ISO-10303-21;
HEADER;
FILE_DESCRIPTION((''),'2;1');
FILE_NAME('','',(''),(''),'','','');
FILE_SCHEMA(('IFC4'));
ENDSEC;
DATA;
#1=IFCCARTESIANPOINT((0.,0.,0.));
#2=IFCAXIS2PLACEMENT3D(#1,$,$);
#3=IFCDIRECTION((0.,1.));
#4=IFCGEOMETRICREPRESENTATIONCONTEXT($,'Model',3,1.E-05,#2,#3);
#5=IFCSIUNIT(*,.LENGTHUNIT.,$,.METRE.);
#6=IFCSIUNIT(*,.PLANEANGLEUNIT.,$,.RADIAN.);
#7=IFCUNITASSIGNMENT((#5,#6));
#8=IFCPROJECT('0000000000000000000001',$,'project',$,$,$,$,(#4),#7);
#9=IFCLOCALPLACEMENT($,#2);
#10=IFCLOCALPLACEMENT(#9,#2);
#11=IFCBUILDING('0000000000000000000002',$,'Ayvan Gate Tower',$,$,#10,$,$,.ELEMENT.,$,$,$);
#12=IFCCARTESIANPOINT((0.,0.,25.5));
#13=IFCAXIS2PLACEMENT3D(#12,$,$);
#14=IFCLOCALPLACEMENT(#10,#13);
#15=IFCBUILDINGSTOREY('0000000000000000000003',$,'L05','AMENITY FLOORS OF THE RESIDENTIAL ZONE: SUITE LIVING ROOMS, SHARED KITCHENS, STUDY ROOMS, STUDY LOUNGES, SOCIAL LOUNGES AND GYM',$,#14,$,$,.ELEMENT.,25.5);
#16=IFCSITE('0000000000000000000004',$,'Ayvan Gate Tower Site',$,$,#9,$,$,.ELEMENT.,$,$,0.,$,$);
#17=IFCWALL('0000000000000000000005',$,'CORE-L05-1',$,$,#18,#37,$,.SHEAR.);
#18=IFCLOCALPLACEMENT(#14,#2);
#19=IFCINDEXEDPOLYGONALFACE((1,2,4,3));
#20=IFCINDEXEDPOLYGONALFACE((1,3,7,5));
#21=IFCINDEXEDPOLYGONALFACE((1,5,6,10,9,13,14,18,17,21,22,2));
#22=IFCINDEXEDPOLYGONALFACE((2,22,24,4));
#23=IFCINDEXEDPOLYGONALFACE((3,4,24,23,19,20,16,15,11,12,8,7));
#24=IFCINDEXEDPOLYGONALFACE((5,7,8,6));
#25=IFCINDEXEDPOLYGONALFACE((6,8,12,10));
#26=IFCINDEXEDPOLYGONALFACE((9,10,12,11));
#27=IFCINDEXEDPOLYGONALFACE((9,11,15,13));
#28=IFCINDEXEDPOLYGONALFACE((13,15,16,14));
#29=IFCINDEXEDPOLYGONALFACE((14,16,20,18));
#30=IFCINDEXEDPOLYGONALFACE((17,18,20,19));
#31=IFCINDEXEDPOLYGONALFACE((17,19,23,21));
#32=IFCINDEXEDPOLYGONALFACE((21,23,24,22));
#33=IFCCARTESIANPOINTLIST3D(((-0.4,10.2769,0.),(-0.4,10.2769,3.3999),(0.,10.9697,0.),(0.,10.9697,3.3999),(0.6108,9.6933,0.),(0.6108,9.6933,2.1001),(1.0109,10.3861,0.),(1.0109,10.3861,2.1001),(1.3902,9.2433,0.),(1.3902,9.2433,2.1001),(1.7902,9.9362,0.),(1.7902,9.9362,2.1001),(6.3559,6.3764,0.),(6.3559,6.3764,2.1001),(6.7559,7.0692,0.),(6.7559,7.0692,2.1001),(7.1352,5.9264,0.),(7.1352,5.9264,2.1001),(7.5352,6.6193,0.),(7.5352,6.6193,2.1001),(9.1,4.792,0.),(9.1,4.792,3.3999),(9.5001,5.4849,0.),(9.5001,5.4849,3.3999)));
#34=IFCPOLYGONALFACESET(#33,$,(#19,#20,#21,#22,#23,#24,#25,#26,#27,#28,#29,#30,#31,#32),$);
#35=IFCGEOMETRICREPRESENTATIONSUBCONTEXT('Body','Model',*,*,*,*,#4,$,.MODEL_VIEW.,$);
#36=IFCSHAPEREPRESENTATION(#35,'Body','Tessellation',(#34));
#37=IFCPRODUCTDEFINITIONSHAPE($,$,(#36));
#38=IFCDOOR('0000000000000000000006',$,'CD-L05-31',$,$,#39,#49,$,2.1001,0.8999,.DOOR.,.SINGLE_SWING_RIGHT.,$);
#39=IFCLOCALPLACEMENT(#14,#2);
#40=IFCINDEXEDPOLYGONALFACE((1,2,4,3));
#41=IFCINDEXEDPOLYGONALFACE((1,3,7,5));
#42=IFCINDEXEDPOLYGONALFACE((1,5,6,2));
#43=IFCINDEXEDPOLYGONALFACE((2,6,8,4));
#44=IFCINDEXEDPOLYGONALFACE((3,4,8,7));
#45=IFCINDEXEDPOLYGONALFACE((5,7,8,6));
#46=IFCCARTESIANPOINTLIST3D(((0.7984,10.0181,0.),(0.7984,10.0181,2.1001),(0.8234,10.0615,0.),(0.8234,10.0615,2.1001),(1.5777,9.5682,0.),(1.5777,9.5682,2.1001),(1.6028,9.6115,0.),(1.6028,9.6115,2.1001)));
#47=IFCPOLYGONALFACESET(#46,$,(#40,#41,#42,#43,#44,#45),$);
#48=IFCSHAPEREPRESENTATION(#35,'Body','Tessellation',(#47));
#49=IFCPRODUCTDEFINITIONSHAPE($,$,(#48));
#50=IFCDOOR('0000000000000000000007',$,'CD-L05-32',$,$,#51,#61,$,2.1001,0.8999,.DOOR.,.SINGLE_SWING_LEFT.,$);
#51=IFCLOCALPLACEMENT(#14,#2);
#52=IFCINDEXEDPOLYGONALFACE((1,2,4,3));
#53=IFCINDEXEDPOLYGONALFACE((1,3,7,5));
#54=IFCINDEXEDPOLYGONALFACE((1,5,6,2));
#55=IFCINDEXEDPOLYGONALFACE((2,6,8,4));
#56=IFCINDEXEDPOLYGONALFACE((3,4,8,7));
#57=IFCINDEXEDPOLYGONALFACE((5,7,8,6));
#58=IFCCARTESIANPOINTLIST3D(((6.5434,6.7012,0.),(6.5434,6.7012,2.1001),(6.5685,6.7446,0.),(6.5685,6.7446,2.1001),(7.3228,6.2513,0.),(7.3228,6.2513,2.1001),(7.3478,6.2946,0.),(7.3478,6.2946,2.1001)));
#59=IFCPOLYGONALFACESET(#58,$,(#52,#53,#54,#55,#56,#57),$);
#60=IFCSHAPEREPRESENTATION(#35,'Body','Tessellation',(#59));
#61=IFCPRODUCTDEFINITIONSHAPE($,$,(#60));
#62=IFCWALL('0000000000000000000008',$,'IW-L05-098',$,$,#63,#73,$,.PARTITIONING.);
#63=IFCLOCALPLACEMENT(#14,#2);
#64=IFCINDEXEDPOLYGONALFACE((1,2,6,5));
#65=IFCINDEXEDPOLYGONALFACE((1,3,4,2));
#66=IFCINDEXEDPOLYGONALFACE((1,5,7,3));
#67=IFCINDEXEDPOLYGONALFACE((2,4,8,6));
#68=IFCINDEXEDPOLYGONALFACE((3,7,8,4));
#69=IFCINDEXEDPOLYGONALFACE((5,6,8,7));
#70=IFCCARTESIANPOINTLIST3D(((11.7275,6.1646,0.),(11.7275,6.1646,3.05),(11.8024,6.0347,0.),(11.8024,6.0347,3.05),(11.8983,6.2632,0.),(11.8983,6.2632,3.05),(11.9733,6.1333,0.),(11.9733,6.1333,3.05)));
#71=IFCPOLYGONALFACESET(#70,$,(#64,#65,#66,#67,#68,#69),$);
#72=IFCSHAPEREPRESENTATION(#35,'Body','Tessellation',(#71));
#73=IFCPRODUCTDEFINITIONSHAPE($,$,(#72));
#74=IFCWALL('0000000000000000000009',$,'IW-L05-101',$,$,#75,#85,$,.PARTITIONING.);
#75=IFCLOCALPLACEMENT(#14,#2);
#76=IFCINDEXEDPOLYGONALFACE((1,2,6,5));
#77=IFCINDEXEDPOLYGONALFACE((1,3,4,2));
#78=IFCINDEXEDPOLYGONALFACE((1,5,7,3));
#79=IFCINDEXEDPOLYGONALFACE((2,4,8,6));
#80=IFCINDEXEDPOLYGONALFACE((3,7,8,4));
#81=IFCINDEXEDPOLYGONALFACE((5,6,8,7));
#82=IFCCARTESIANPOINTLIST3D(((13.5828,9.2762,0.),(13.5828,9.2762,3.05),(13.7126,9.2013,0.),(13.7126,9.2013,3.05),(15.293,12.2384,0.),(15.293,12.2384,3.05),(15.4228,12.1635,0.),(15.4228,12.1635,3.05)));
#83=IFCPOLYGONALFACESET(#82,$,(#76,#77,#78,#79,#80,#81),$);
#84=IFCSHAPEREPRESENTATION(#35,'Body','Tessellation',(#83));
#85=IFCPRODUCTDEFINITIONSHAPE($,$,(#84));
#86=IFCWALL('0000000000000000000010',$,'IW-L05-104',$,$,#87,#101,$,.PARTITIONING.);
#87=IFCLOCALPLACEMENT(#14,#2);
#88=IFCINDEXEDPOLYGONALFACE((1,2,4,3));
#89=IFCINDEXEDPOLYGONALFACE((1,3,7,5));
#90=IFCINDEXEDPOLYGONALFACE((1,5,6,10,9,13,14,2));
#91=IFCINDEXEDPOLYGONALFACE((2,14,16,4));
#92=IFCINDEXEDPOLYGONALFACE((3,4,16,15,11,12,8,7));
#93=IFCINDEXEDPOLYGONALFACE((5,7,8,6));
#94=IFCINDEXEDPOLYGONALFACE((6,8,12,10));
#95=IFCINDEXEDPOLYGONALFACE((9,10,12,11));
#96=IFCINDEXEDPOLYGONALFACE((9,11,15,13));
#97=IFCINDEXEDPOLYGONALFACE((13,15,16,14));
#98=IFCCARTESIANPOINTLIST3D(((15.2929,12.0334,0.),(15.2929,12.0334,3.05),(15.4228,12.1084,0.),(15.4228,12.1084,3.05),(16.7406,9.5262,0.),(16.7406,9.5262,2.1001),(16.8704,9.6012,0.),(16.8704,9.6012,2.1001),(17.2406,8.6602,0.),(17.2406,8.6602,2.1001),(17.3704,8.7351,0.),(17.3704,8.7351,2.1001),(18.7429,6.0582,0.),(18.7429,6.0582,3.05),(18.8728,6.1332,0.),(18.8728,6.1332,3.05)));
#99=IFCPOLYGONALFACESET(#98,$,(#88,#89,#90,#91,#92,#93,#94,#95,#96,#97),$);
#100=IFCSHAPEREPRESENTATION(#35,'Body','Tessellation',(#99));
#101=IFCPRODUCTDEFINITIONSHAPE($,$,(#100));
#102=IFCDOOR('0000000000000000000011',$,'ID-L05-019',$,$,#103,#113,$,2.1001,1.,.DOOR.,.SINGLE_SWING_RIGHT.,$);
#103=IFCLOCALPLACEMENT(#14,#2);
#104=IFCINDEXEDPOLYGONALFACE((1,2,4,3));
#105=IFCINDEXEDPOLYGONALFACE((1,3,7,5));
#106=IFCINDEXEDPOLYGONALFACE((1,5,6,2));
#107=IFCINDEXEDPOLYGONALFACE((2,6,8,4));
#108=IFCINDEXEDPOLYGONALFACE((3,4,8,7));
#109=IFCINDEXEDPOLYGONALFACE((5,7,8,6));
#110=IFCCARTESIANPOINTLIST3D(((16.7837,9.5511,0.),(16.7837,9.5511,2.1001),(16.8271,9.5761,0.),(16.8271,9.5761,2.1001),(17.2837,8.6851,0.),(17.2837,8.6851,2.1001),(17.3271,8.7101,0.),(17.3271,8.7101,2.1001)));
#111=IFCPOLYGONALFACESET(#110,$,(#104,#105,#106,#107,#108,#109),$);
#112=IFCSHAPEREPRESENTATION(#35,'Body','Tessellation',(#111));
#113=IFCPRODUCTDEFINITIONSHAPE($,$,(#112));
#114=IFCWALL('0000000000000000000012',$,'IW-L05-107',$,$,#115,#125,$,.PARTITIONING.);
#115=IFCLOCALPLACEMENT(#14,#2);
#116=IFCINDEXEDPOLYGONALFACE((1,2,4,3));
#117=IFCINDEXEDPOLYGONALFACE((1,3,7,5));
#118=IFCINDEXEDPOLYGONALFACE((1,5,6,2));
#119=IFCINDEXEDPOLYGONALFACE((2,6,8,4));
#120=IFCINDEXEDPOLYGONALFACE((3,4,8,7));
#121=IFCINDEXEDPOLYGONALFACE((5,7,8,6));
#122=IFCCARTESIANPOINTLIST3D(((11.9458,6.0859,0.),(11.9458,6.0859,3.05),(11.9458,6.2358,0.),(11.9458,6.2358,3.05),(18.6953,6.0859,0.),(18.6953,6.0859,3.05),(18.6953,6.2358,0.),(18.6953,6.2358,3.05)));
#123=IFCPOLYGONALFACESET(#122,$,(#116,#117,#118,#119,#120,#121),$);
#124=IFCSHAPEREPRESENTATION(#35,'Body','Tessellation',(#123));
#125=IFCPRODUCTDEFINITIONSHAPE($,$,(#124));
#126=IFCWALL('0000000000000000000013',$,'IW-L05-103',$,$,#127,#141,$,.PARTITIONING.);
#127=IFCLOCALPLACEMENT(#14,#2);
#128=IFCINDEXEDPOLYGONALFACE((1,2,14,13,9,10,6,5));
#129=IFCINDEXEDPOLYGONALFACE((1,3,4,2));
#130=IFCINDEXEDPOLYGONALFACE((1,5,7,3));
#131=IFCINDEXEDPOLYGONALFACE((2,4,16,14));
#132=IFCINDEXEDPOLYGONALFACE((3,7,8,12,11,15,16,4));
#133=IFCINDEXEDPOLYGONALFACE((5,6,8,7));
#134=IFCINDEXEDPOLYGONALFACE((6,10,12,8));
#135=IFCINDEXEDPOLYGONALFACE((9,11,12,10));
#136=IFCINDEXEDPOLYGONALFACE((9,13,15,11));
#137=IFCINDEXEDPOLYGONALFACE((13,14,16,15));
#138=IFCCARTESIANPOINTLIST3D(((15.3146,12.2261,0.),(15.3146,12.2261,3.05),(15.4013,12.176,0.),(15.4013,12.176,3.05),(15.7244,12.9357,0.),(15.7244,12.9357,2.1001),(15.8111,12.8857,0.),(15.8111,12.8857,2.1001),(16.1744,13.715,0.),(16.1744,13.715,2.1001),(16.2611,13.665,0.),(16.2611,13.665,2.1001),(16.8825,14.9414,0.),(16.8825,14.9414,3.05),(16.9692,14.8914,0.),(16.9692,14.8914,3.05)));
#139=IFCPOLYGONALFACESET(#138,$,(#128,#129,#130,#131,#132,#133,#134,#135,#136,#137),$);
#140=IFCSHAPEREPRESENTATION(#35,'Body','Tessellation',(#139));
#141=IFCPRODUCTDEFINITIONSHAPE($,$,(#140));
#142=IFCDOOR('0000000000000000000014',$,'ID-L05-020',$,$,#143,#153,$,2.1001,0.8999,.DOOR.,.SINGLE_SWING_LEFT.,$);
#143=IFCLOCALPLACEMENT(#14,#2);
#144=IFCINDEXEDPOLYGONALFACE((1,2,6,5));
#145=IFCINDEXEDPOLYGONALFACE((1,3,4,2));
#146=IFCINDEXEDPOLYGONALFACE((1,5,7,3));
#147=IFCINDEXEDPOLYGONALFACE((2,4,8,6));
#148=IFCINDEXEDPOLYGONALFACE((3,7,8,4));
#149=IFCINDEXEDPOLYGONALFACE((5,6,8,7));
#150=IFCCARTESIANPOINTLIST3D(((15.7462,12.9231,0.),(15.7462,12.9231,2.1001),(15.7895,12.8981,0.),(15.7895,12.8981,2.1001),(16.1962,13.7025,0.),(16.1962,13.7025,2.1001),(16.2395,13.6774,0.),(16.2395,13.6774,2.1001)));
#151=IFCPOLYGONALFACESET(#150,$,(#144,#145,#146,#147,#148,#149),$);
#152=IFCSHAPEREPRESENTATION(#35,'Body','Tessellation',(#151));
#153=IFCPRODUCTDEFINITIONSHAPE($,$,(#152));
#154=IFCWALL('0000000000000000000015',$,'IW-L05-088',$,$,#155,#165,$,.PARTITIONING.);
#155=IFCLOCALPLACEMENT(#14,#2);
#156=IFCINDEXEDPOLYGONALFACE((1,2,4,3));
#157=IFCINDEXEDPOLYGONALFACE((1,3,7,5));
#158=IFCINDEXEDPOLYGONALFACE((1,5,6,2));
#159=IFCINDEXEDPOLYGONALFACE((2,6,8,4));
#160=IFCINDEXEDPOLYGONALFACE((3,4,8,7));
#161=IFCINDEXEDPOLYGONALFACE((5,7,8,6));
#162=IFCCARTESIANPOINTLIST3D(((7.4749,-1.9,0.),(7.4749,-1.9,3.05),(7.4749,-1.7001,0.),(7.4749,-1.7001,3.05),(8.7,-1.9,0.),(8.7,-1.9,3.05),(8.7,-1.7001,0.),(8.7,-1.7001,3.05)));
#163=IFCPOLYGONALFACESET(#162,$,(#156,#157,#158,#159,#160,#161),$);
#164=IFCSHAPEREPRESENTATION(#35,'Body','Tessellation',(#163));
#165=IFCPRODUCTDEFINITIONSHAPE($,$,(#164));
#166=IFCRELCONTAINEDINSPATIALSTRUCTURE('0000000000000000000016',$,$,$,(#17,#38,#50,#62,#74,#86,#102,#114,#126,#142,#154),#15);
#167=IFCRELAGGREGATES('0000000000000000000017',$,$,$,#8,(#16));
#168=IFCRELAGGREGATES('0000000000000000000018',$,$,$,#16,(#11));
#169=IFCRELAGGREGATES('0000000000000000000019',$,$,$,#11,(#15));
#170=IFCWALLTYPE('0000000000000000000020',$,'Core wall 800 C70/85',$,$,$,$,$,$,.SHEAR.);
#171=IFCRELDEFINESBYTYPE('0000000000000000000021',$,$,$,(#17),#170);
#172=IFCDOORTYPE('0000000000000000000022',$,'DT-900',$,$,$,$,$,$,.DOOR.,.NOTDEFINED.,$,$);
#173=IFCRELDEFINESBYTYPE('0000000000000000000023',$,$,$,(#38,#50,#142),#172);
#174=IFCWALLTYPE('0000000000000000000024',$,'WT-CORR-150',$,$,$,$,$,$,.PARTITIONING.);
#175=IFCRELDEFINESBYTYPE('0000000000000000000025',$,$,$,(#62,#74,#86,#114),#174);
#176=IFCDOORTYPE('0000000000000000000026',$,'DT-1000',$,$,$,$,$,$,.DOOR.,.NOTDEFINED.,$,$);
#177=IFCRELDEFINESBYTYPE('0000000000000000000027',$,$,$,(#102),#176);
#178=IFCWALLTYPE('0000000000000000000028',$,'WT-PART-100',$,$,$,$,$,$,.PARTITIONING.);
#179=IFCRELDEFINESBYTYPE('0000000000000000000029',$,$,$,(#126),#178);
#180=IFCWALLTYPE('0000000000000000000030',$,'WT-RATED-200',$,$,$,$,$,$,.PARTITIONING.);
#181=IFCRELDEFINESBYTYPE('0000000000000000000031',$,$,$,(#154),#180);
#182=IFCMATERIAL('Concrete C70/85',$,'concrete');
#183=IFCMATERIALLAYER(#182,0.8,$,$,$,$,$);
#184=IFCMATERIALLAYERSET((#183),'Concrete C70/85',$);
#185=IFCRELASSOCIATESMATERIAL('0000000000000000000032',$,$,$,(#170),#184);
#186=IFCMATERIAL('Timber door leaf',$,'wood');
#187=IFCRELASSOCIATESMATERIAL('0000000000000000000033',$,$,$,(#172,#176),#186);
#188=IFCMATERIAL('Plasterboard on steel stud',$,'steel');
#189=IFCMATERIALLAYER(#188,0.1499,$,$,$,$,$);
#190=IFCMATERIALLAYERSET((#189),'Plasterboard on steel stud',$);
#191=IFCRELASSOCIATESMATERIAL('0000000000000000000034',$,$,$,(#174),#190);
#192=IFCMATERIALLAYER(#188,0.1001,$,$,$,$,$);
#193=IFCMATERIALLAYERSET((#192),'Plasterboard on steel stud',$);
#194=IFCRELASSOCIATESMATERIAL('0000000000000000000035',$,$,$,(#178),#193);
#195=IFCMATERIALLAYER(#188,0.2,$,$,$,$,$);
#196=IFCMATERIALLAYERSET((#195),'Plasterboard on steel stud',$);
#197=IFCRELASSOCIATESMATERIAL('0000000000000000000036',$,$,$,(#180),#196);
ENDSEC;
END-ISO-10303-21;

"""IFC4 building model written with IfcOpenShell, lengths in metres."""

from ifc_helpers import new_model, si_unit, direction, frame, frame_2d, origin, place, context, subcontext, project, spatial, rectangle, extrude, material, layer, layer_set, type_object, element, fill, save


model = new_model("IFC4")

# Units and contexts
model_context = context("Model", 3, precision=1e-05, world=origin(), true_north=direction((0.0, 1.0)))
body_context = subcontext(model_context, "Body", "Model", "MODEL_VIEW")
ifc_project = project(units=[si_unit("LENGTHUNIT", "METRE"), si_unit("PLANEANGLEUNIT", "RADIAN")], contexts=[model_context])

# Site, building, storey
site_placement = place(None, origin())
site = spatial("IfcSite", under=ifc_project, at=site_placement, Name="Ayvan Gate Tower Site", CompositionType="ELEMENT", RefElevation=0.0)
building_placement = place(site_placement, origin())
building = spatial("IfcBuilding", under=site, at=building_placement, Name="Ayvan Gate Tower", CompositionType="ELEMENT")
storey_placement = place(building_placement, frame((0.0, 0.0, 25.5)))
storey = spatial("IfcBuildingStorey", under=building, at=storey_placement, Name="L05", Description="AMENITY FLOORS OF THE RESIDENTIAL ZONE: SUITE LIVING ROOMS, SHARED KITCHENS, STUDY ROOMS, STUDY LOUNGES, SOCIAL LOUNGES AND GYM", CompositionType="ELEMENT", Elevation=25.5)

# Wall, openings, doors
ifc_material_1 = material(Name="Concrete C70/85", Category="concrete")
ifc_layer_1 = layer(ifc_material_1, 0.8)
ifc_layer_set_1 = layer_set([ifc_layer_1], Name="Concrete C70/85")
wall_type_1 = type_object("IfcWallType", Name="Core wall 800 C70/85", PredefinedType="SHEAR", material=ifc_layer_set_1)
wall_1_placement = place(storey_placement, frame((9.3, 5.1384, 0.0), z_axis=(0.0, 0.0, 1.0), x_axis=(-0.866024, 0.500002, 0.0)))
wall_1 = element("IfcWall", 1, at=wall_1_placement, inside=storey, type_object=wall_type_1, Name="CORE-L05-1", PredefinedType="SHEAR", context=body_context, shape_type="SweptSolid", body=[
    extrude(rectangle(XDim=10.9697, YDim=0.8, at=frame_2d((5.4849, 0.0))), origin(), (0.0, 0.0, 1.0), 3.3999),
])
opening_1_placement = place(wall_1_placement, frame((8.9026, 0.0, 0.0)))
opening_1 = element("IfcOpeningElement", 2, at=opening_1_placement, cuts=wall_1, PredefinedType="OPENING", context=body_context, shape_type="SweptSolid", body=[
    extrude(rectangle(XDim=0.8999, YDim=2.1001, at=frame_2d((0.45, 1.05))), frame((0.0, 0.4099, 0.0), z_axis=(0.0, -1.0, 0.0), x_axis=(1.0, 0.0, 0.0)), (0.0, 0.0, 1.0), 0.8201),
])
opening_2_placement = place(wall_1_placement, frame((2.2688, 0.0, 0.0)))
opening_2 = element("IfcOpeningElement", 3, at=opening_2_placement, cuts=wall_1, PredefinedType="OPENING", context=body_context, shape_type="SweptSolid", body=[
    extrude(rectangle(XDim=0.8999, YDim=2.1001, at=frame_2d((0.45, 1.05))), frame((0.0, 0.4099, 0.0), z_axis=(0.0, -1.0, 0.0), x_axis=(1.0, 0.0, 0.0)), (0.0, 0.0, 1.0), 0.8201),
])
ifc_material_2 = material(Name="Timber door leaf", Category="wood")
door_type_1 = type_object("IfcDoorType", Name="DT-900", OperationType="NOTDEFINED", PredefinedType="DOOR", material=ifc_material_2)
door_1_placement = place(opening_1_placement, origin())
door_1 = element("IfcDoor", 4, at=door_1_placement, inside=storey, type_object=door_type_1, Name="CD-L05-31", OperationType="SINGLE_SWING_RIGHT", OverallHeight=2.1001, OverallWidth=0.8999, PredefinedType="DOOR", context=body_context, shape_type="SweptSolid", body=[
    extrude(rectangle(XDim=0.8999, YDim=2.1001, at=frame_2d((0.45, 1.05))), frame((0.0, 0.0249, 0.0), z_axis=(0.0, -1.0, 0.0), x_axis=(1.0, 0.0, 0.0)), (0.0, 0.0, 1.0), 0.05),
])
fill(opening_1, door_1)
door_2_placement = place(opening_2_placement, origin())
door_2 = element("IfcDoor", 5, at=door_2_placement, inside=storey, type_object=door_type_1, Name="CD-L05-32", OperationType="SINGLE_SWING_LEFT", OverallHeight=2.1001, OverallWidth=0.8999, PredefinedType="DOOR", context=body_context, shape_type="SweptSolid", body=[
    extrude(rectangle(XDim=0.8999, YDim=2.1001, at=frame_2d((0.45, 1.05))), frame((0.0, 0.0249, 0.0), z_axis=(0.0, -1.0, 0.0), x_axis=(1.0, 0.0, 0.0)), (0.0, 0.0, 1.0), 0.05),
])
fill(opening_2, door_2)

# Walls
ifc_material_3 = material(Name="Plasterboard on steel stud", Category="steel")
ifc_layer_2 = layer(ifc_material_3, 0.1499)
ifc_layer_set_2 = layer_set([ifc_layer_2], Name="Plasterboard on steel stud")
wall_type_2 = type_object("IfcWallType", Name="WT-CORR-150", PredefinedType="PARTITIONING", material=ifc_layer_set_2)
wall_2_placement = place(storey_placement, frame((11.9358, 6.1982, 0.0), z_axis=(0.0, 0.0, 1.0), x_axis=(-0.866103, -0.499865, 0.0)))
element("IfcWall", 6, at=wall_2_placement, inside=storey, type_object=wall_type_2, Name="IW-L05-098", PredefinedType="PARTITIONING", context=body_context, shape_type="SweptSolid", body=[
    extrude(rectangle(XDim=0.1973, YDim=0.1499, at=frame_2d((0.0986, 0.0))), origin(), (0.0, 0.0, 1.0), 3.05),
])
wall_3_placement = place(storey_placement, frame((13.6477, 9.2388, 0.0), z_axis=(0.0, 0.0, 1.0), x_axis=(0.5, 0.866025, 0.0)))
element("IfcWall", 7, at=wall_3_placement, inside=storey, type_object=wall_type_2, Name="IW-L05-101", PredefinedType="PARTITIONING", context=body_context, shape_type="SweptSolid", body=[
    extrude(rectangle(XDim=3.4204, YDim=0.1499, at=frame_2d((1.7102, 0.0))), origin(), (0.0, 0.0, 1.0), 3.05),
])

# Wall, opening, door
wall_4_placement = place(storey_placement, frame((15.3579, 12.0708, 0.0), z_axis=(0.0, 0.0, 1.0), x_axis=(0.500025, -0.866011, 0.0)))
wall_4 = element("IfcWall", 8, at=wall_4_placement, inside=storey, type_object=wall_type_2, Name="IW-L05-104", PredefinedType="PARTITIONING", context=body_context, shape_type="SweptSolid", body=[
    extrude(rectangle(XDim=6.8997, YDim=0.1499, at=frame_2d((3.4497, 0.0))), origin(), (0.0, 0.0, 1.0), 3.05),
])
opening_3_placement = place(wall_4_placement, frame((2.895, 0.0, 0.0)))
opening_3 = element("IfcOpeningElement", 9, at=opening_3_placement, cuts=wall_4, PredefinedType="OPENING", context=body_context, shape_type="SweptSolid", body=[
    extrude(rectangle(XDim=1.0, YDim=2.1001, at=frame_2d((0.5, 1.05))), frame((0.0, 0.085, 0.0), z_axis=(0.0, -1.0, 0.0), x_axis=(1.0, 0.0, 0.0)), (0.0, 0.0, 1.0), 0.1699),
])
door_type_2 = type_object("IfcDoorType", Name="DT-1000", OperationType="NOTDEFINED", PredefinedType="DOOR", material=ifc_material_2)
door_3_placement = place(opening_3_placement, origin())
door_3 = element("IfcDoor", 10, at=door_3_placement, inside=storey, type_object=door_type_2, Name="ID-L05-019", OperationType="SINGLE_SWING_RIGHT", OverallHeight=2.1001, OverallWidth=1.0, PredefinedType="DOOR", context=body_context, shape_type="SweptSolid", body=[
    extrude(rectangle(XDim=1.0, YDim=2.1001, at=frame_2d((0.5, 1.05))), frame((0.0, 0.0249, 0.0), z_axis=(0.0, -1.0, 0.0), x_axis=(1.0, 0.0, 0.0)), (0.0, 0.0, 1.0), 0.05),
])
fill(opening_3, door_3)

# Wall
wall_5_placement = place(storey_placement, frame((18.6953, 6.1609, 0.0), z_axis=(0.0, 0.0, 1.0), x_axis=(-1.0, 0.0, 0.0)))
element("IfcWall", 11, at=wall_5_placement, inside=storey, type_object=wall_type_2, Name="IW-L05-107", PredefinedType="PARTITIONING", context=body_context, shape_type="SweptSolid", body=[
    extrude(rectangle(XDim=6.7495, YDim=0.1499, at=frame_2d((3.3748, 0.0))), origin(), (0.0, 0.0, 1.0), 3.05),
])

# Wall, opening, door
ifc_layer_3 = layer(ifc_material_3, 0.1001)
ifc_layer_set_3 = layer_set([ifc_layer_3], Name="Plasterboard on steel stud")
wall_type_3 = type_object("IfcWallType", Name="WT-PART-100", PredefinedType="PARTITIONING", material=ifc_layer_set_3)
wall_6_placement = place(storey_placement, frame((15.3579, 12.2009, 0.0), z_axis=(0.0, 0.0, 1.0), x_axis=(0.500041, 0.866001, 0.0)))
wall_6 = element("IfcWall", 12, at=wall_6_placement, inside=storey, type_object=wall_type_3, Name="IW-L05-103", PredefinedType="PARTITIONING", context=body_context, shape_type="SweptSolid", body=[
    extrude(rectangle(XDim=3.1355, YDim=0.1001, at=frame_2d((1.5679, 0.0))), origin(), (0.0, 0.0, 1.0), 3.05),
])
opening_4_placement = place(wall_6_placement, frame((0.8196, 0.0, 0.0)))
opening_4 = element("IfcOpeningElement", 13, at=opening_4_placement, cuts=wall_6, PredefinedType="OPENING", context=body_context, shape_type="SweptSolid", body=[
    extrude(rectangle(XDim=0.8999, YDim=2.1001, at=frame_2d((0.45, 1.05))), frame((0.0, 0.0601, 0.0), z_axis=(0.0, -1.0, 0.0), x_axis=(1.0, 0.0, 0.0)), (0.0, 0.0, 1.0), 0.1201),
])
door_4_placement = place(opening_4_placement, origin())
door_4 = element("IfcDoor", 14, at=door_4_placement, inside=storey, type_object=door_type_1, Name="ID-L05-020", OperationType="SINGLE_SWING_LEFT", OverallHeight=2.1001, OverallWidth=0.8999, PredefinedType="DOOR", context=body_context, shape_type="SweptSolid", body=[
    extrude(rectangle(XDim=0.8999, YDim=2.1001, at=frame_2d((0.45, 1.05))), frame((0.0, 0.0249, 0.0), z_axis=(0.0, -1.0, 0.0), x_axis=(1.0, 0.0, 0.0)), (0.0, 0.0, 1.0), 0.05),
])
fill(opening_4, door_4)

# Wall
ifc_layer_4 = layer(ifc_material_3, 0.2)
ifc_layer_set_4 = layer_set([ifc_layer_4], Name="Plasterboard on steel stud")
wall_type_4 = type_object("IfcWallType", Name="WT-RATED-200", PredefinedType="PARTITIONING", material=ifc_layer_set_4)
wall_7_placement = place(storey_placement, frame((8.7, -1.8, 0.0), z_axis=(0.0, 0.0, 1.0), x_axis=(-1.0, 0.0, 0.0)))
element("IfcWall", 15, at=wall_7_placement, inside=storey, type_object=wall_type_4, Name="IW-L05-088", PredefinedType="PARTITIONING", context=body_context, shape_type="SweptSolid", body=[
    extrude(rectangle(XDim=1.2251, YDim=0.2, at=frame_2d((0.6125, 0.0))), origin(), (0.0, 0.0, 1.0), 3.05),
])

save(model, "model.ifc")
